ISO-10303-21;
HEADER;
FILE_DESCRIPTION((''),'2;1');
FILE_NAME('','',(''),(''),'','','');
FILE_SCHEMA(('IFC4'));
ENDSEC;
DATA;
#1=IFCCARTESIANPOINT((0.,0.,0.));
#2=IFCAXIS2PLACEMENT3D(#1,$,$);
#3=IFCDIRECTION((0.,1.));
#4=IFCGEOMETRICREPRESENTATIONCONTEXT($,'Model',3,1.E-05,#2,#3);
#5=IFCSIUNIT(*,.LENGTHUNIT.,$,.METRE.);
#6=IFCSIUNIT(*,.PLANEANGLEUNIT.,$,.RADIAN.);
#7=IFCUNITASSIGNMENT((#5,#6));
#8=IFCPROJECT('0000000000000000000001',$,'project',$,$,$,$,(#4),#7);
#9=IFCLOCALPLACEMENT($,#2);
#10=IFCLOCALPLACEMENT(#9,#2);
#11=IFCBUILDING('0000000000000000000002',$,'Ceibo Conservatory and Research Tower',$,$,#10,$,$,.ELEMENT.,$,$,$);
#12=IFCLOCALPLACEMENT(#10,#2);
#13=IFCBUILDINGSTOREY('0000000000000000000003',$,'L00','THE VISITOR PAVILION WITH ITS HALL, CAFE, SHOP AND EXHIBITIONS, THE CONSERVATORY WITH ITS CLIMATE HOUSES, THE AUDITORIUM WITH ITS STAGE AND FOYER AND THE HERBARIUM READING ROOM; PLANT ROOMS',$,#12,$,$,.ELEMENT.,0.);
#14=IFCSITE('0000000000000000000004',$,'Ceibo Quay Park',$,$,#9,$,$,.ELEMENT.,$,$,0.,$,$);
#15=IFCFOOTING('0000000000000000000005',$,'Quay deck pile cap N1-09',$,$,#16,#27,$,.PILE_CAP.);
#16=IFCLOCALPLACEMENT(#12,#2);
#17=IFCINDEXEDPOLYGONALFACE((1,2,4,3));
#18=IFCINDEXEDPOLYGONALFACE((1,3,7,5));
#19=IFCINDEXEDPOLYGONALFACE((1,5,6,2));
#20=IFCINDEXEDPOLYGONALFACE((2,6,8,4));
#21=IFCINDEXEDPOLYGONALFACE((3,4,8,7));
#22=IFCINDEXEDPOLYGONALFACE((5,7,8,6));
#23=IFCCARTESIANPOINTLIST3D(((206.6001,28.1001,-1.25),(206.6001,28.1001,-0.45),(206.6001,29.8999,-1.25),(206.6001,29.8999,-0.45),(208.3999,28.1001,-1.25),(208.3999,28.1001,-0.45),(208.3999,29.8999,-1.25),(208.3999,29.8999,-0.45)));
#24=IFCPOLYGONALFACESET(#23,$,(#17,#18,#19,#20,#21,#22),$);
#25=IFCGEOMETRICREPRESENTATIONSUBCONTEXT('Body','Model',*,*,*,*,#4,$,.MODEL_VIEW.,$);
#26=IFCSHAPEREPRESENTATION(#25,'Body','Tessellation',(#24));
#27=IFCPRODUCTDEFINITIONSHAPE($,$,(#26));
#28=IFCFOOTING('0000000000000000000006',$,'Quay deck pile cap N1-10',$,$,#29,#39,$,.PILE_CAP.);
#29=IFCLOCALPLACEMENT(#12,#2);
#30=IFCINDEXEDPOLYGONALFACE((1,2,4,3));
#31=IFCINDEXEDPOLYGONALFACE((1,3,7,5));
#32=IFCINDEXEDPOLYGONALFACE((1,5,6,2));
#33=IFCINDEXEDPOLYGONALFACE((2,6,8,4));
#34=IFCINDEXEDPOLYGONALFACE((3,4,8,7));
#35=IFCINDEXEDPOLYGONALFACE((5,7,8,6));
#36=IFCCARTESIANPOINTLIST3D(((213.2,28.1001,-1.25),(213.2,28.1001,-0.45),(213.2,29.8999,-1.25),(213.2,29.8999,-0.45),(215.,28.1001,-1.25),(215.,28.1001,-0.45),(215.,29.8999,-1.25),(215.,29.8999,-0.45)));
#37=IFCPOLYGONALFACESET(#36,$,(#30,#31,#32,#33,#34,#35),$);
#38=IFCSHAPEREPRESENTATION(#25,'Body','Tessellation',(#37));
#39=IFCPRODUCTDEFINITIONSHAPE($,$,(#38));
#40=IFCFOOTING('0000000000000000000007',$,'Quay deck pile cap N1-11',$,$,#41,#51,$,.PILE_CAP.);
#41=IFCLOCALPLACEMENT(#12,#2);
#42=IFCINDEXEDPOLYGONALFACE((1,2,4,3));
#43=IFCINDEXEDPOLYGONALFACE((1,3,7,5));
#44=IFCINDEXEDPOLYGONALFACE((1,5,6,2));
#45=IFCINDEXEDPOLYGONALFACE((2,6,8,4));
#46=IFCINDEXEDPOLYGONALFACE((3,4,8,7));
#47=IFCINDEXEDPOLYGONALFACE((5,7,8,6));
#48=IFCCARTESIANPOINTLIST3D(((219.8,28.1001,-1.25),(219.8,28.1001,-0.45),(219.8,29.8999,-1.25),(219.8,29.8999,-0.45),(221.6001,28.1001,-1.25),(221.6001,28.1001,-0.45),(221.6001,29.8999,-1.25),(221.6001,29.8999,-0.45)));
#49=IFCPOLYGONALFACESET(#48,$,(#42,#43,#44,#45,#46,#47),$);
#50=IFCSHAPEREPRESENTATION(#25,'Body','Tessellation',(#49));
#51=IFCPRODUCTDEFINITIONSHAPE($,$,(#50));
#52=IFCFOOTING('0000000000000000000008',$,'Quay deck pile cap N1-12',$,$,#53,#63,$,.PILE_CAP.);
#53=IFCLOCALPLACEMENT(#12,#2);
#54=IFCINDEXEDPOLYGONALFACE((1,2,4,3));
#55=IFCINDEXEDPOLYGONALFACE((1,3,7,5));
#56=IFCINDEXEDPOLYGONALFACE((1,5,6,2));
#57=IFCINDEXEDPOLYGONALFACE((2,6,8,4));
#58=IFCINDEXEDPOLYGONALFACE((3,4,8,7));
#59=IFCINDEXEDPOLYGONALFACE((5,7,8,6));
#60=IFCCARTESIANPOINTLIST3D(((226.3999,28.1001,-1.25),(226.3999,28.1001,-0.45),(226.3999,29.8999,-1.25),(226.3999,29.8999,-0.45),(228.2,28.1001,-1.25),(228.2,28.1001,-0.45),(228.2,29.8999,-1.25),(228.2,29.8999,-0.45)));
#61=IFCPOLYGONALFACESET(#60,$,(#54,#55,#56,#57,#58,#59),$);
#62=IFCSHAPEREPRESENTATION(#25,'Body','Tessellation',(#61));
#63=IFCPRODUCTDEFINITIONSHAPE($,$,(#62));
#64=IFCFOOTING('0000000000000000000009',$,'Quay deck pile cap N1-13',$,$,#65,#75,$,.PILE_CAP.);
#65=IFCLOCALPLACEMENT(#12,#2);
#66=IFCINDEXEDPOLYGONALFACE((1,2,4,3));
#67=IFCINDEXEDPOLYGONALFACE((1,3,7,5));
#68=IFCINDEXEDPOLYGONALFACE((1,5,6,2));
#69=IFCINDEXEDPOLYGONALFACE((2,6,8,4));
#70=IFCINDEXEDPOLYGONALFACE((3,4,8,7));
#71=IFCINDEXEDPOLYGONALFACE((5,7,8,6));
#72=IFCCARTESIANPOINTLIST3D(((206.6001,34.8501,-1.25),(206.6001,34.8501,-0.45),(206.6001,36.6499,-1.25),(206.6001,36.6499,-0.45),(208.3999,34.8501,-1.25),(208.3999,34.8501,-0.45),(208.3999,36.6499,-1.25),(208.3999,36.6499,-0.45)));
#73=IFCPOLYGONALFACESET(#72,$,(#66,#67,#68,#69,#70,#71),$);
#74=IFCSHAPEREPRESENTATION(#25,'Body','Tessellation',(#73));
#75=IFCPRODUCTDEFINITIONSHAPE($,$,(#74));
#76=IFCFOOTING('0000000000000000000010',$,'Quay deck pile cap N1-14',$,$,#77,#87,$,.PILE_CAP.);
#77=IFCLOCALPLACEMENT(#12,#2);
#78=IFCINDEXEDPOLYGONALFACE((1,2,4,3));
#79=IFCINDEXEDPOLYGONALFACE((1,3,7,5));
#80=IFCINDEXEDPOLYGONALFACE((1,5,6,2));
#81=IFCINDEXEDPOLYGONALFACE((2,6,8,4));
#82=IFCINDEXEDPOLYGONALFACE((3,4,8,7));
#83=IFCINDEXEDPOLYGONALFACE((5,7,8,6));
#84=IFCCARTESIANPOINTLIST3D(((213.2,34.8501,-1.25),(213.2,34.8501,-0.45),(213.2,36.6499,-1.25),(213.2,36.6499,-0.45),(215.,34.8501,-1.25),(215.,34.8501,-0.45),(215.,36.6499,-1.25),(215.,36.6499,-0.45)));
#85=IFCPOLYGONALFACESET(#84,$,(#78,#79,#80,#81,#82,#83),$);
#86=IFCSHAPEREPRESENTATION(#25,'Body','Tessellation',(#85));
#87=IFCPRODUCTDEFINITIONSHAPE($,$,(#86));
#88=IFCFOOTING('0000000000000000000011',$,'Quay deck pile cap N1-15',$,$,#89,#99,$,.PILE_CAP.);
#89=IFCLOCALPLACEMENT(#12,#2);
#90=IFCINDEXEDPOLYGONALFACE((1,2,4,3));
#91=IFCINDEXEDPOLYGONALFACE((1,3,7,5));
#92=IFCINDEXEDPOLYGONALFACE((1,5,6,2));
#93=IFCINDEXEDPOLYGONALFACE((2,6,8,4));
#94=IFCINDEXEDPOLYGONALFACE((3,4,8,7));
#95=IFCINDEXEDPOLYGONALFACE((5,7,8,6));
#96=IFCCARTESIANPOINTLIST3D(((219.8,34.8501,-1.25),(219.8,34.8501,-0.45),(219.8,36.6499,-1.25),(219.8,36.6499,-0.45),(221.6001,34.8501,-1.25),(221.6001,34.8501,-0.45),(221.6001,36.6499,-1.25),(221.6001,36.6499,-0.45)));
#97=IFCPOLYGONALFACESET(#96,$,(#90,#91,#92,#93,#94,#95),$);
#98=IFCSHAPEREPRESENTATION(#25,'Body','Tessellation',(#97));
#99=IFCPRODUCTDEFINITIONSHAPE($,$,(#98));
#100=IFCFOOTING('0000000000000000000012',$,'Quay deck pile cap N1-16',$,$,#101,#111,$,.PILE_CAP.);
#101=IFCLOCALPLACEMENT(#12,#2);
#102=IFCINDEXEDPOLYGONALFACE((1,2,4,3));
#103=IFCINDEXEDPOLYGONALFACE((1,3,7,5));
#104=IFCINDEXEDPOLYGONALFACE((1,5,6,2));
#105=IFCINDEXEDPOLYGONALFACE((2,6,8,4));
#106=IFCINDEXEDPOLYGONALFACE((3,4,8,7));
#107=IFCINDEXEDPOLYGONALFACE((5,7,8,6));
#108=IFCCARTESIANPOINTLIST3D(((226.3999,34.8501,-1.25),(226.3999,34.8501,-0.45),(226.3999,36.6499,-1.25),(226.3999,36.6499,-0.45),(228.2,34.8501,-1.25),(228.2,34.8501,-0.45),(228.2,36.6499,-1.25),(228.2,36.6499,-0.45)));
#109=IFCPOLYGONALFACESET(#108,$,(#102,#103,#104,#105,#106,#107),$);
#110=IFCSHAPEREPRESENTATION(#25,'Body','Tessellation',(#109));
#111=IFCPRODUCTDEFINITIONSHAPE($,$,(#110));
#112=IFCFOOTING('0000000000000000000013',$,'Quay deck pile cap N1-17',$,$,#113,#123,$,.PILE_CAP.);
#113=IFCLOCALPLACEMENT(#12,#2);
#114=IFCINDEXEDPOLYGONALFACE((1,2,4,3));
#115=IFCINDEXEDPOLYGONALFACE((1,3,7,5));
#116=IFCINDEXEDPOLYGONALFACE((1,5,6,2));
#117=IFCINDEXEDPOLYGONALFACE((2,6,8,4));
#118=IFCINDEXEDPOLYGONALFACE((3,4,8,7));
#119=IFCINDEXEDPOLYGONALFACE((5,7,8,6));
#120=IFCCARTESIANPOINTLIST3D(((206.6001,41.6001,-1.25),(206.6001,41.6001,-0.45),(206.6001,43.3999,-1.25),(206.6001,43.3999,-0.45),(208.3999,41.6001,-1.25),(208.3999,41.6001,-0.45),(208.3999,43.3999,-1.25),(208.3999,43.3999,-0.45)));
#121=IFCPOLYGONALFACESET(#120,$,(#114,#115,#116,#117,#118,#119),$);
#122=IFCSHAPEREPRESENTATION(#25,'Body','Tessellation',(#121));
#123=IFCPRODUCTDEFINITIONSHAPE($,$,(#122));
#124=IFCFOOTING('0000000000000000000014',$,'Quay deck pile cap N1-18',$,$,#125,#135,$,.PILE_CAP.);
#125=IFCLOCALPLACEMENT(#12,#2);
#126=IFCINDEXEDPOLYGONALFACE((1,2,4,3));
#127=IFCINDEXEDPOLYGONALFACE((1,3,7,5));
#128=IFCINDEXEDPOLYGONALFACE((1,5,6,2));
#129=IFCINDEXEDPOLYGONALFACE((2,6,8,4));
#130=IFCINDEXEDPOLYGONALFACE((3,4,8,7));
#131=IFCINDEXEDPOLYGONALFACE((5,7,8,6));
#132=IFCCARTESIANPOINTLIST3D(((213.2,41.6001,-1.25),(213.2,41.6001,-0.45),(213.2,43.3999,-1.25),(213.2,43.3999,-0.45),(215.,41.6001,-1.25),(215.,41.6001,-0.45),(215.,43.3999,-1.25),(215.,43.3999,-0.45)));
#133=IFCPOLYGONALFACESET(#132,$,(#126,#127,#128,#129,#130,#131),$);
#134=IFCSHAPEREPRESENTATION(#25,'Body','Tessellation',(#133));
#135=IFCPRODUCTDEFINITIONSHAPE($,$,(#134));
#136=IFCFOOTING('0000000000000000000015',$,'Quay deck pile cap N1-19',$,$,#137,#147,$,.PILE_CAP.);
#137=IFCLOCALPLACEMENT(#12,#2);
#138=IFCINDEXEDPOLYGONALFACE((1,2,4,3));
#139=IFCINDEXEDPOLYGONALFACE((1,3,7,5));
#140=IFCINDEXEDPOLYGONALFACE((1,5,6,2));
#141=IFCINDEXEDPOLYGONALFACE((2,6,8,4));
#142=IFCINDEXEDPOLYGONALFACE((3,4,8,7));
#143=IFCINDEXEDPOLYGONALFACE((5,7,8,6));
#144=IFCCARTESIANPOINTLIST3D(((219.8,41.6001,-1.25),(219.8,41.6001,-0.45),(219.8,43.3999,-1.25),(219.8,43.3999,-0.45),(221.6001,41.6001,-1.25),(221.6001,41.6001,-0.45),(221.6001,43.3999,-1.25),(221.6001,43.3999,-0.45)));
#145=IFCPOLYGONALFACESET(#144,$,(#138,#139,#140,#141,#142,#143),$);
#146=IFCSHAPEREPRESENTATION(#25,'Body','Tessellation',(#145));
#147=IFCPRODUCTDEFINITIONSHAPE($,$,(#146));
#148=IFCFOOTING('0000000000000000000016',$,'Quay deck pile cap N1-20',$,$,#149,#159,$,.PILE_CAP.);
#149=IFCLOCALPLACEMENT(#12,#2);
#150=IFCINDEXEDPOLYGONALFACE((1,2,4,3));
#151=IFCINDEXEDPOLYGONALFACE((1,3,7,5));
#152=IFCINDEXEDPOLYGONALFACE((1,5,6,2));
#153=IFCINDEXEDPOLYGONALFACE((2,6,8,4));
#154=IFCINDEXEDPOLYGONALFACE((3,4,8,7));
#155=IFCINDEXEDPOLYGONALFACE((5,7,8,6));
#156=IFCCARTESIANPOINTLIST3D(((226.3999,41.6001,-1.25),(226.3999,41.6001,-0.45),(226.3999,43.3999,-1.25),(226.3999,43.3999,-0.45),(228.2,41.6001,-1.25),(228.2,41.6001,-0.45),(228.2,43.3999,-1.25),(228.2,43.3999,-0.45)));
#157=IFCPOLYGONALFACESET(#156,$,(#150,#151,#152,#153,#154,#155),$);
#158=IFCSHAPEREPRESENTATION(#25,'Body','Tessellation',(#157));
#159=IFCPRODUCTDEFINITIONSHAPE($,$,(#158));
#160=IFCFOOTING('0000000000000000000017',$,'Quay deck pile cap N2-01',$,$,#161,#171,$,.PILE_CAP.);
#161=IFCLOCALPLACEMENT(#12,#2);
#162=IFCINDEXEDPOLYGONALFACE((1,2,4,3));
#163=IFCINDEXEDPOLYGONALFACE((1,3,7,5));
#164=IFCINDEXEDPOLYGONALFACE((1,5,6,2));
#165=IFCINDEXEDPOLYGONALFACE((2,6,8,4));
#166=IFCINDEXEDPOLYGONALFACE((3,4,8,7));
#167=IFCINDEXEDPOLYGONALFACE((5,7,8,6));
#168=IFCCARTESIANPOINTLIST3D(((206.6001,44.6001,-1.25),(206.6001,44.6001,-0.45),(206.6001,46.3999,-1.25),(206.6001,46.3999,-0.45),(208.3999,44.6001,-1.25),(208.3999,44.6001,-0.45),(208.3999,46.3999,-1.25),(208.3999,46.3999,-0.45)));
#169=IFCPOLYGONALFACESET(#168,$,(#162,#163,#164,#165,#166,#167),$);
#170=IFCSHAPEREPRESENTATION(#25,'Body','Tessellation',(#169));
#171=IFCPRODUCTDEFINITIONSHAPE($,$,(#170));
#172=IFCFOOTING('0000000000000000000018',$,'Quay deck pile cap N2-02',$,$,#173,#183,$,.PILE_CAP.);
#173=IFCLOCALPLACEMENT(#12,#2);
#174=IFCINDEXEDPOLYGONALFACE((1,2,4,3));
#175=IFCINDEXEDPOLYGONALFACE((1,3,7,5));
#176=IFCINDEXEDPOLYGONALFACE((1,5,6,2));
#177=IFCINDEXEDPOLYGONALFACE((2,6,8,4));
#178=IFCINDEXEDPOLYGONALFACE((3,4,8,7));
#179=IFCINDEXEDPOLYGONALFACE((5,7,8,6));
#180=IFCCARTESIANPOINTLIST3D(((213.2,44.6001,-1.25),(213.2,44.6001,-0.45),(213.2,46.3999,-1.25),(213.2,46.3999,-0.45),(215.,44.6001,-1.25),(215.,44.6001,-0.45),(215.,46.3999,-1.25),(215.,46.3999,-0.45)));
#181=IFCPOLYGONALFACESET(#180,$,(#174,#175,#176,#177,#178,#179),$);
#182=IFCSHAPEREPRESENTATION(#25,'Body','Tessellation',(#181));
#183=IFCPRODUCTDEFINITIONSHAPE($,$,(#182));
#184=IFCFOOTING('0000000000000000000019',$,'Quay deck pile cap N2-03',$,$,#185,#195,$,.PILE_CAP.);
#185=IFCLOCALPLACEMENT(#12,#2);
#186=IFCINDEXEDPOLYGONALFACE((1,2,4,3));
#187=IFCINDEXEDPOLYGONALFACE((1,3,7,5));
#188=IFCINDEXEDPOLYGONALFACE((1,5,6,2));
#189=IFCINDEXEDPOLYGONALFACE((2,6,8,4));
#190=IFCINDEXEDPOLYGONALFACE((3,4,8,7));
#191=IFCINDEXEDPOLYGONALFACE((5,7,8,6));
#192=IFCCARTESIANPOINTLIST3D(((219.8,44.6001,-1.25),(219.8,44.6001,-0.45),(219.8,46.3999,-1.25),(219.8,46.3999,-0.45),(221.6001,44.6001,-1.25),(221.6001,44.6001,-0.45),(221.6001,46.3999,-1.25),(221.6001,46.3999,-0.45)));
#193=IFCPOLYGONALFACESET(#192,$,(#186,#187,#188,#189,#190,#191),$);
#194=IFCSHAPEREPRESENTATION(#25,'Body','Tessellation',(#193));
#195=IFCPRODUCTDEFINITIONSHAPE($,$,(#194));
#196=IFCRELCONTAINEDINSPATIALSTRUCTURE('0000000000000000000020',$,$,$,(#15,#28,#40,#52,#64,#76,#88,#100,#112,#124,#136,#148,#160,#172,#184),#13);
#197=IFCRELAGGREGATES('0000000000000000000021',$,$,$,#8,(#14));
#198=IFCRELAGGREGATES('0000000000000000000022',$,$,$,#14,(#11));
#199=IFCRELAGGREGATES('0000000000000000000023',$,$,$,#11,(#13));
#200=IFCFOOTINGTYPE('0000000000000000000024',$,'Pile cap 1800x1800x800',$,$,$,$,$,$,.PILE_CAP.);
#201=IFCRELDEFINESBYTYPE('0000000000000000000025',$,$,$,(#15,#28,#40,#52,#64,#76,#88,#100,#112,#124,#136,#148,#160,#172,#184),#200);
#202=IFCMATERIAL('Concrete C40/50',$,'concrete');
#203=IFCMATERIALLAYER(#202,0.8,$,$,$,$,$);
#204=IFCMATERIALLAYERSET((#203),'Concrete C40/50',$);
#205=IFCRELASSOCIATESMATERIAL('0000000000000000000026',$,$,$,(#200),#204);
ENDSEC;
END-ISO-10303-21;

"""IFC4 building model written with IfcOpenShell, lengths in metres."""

from ifc_helpers import new_model, si_unit, direction, frame, origin, place, context, subcontext, project, spatial, polyline, outline, extrude, material, layer, layer_set, type_object, element, save


model = new_model("IFC4")

# Units and contexts
model_context = context("Model", 3, precision=1e-05, world=origin(), true_north=direction((0.0, 1.0)))
body_context = subcontext(model_context, "Body", "Model", "MODEL_VIEW")
ifc_project = project(units=[si_unit("LENGTHUNIT", "METRE"), si_unit("PLANEANGLEUNIT", "RADIAN")], contexts=[model_context])

# Site, building, storey
site_placement = place(None, origin())
site = spatial("IfcSite", under=ifc_project, at=site_placement, Name="Ceibo Quay Park", CompositionType="ELEMENT", RefElevation=0.0)
building_placement = place(site_placement, origin())
building = spatial("IfcBuilding", under=site, at=building_placement, Name="Ceibo Conservatory and Research Tower", CompositionType="ELEMENT")
storey_placement = place(building_placement, origin())
storey = spatial("IfcBuildingStorey", under=building, at=storey_placement, Name="L00", Description="THE VISITOR PAVILION WITH ITS HALL, CAFE, SHOP AND EXHIBITIONS, THE CONSERVATORY WITH ITS CLIMATE HOUSES, THE AUDITORIUM WITH ITS STAGE AND FOYER AND THE HERBARIUM READING ROOM; PLANT ROOMS", CompositionType="ELEMENT", Elevation=0.0)

# Footings
ifc_material = material(Name="Concrete C40/50", Category="concrete")
ifc_layer_1 = layer(ifc_material, 0.8)
ifc_layer_set_1 = layer_set([ifc_layer_1], Name="Concrete C40/50")
footing_type_1 = type_object("IfcFootingType", Name="Pile cap 1800x1800x800", PredefinedType="PILE_CAP", material=ifc_layer_set_1)
footing_1_placement = place(storey_placement, frame((0.0, 0.0, -1.25)))
element("IfcFooting", 1, at=footing_1_placement, inside=storey, type_object=footing_type_1, Name="Quay deck pile cap N1-09", PredefinedType="PILE_CAP", context=body_context, shape_type="SweptSolid", body=[
    extrude(outline(polyline([(206.6001, 28.1001), (208.3999, 28.1001), (208.3999, 29.8999), (206.6001, 29.8999), (206.6001, 28.1001)])), origin(), (0.0, 0.0, 1.0), 0.8),
])
footing_2_placement = place(storey_placement, frame((0.0, 0.0, -1.25)))
element("IfcFooting", 2, at=footing_2_placement, inside=storey, type_object=footing_type_1, Name="Quay deck pile cap N1-10", PredefinedType="PILE_CAP", context=body_context, shape_type="SweptSolid", body=[
    extrude(outline(polyline([(213.2, 28.1001), (215.0, 28.1001), (215.0, 29.8999), (213.2, 29.8999), (213.2, 28.1001)])), origin(), (0.0, 0.0, 1.0), 0.8),
])
footing_3_placement = place(storey_placement, frame((0.0, 0.0, -1.25)))
element("IfcFooting", 3, at=footing_3_placement, inside=storey, type_object=footing_type_1, Name="Quay deck pile cap N1-11", PredefinedType="PILE_CAP", context=body_context, shape_type="SweptSolid", body=[
    extrude(outline(polyline([(219.8, 28.1001), (221.6001, 28.1001), (221.6001, 29.8999), (219.8, 29.8999), (219.8, 28.1001)])), origin(), (0.0, 0.0, 1.0), 0.8),
])
footing_4_placement = place(storey_placement, frame((0.0, 0.0, -1.25)))
element("IfcFooting", 4, at=footing_4_placement, inside=storey, type_object=footing_type_1, Name="Quay deck pile cap N1-12", PredefinedType="PILE_CAP", context=body_context, shape_type="SweptSolid", body=[
    extrude(outline(polyline([(226.3999, 28.1001), (228.2, 28.1001), (228.2, 29.8999), (226.3999, 29.8999), (226.3999, 28.1001)])), origin(), (0.0, 0.0, 1.0), 0.8),
])
footing_5_placement = place(storey_placement, frame((0.0, 0.0, -1.25)))
element("IfcFooting", 5, at=footing_5_placement, inside=storey, type_object=footing_type_1, Name="Quay deck pile cap N1-13", PredefinedType="PILE_CAP", context=body_context, shape_type="SweptSolid", body=[
    extrude(outline(polyline([(206.6001, 34.8501), (208.3999, 34.8501), (208.3999, 36.6499), (206.6001, 36.6499), (206.6001, 34.8501)])), origin(), (0.0, 0.0, 1.0), 0.8),
])
footing_6_placement = place(storey_placement, frame((0.0, 0.0, -1.25)))
element("IfcFooting", 6, at=footing_6_placement, inside=storey, type_object=footing_type_1, Name="Quay deck pile cap N1-14", PredefinedType="PILE_CAP", context=body_context, shape_type="SweptSolid", body=[
    extrude(outline(polyline([(213.2, 34.8501), (215.0, 34.8501), (215.0, 36.6499), (213.2, 36.6499), (213.2, 34.8501)])), origin(), (0.0, 0.0, 1.0), 0.8),
])
footing_7_placement = place(storey_placement, frame((0.0, 0.0, -1.25)))
element("IfcFooting", 7, at=footing_7_placement, inside=storey, type_object=footing_type_1, Name="Quay deck pile cap N1-15", PredefinedType="PILE_CAP", context=body_context, shape_type="SweptSolid", body=[
    extrude(outline(polyline([(219.8, 34.8501), (221.6001, 34.8501), (221.6001, 36.6499), (219.8, 36.6499), (219.8, 34.8501)])), origin(), (0.0, 0.0, 1.0), 0.8),
])
footing_8_placement = place(storey_placement, frame((0.0, 0.0, -1.25)))
element("IfcFooting", 8, at=footing_8_placement, inside=storey, type_object=footing_type_1, Name="Quay deck pile cap N1-16", PredefinedType="PILE_CAP", context=body_context, shape_type="SweptSolid", body=[
    extrude(outline(polyline([(226.3999, 34.8501), (228.2, 34.8501), (228.2, 36.6499), (226.3999, 36.6499), (226.3999, 34.8501)])), origin(), (0.0, 0.0, 1.0), 0.8),
])
footing_9_placement = place(storey_placement, frame((0.0, 0.0, -1.25)))
element("IfcFooting", 9, at=footing_9_placement, inside=storey, type_object=footing_type_1, Name="Quay deck pile cap N1-17", PredefinedType="PILE_CAP", context=body_context, shape_type="SweptSolid", body=[
    extrude(outline(polyline([(206.6001, 41.6001), (208.3999, 41.6001), (208.3999, 43.3999), (206.6001, 43.3999), (206.6001, 41.6001)])), origin(), (0.0, 0.0, 1.0), 0.8),
])
footing_10_placement = place(storey_placement, frame((0.0, 0.0, -1.25)))
element("IfcFooting", 10, at=footing_10_placement, inside=storey, type_object=footing_type_1, Name="Quay deck pile cap N1-18", PredefinedType="PILE_CAP", context=body_context, shape_type="SweptSolid", body=[
    extrude(outline(polyline([(213.2, 41.6001), (215.0, 41.6001), (215.0, 43.3999), (213.2, 43.3999), (213.2, 41.6001)])), origin(), (0.0, 0.0, 1.0), 0.8),
])
footing_11_placement = place(storey_placement, frame((0.0, 0.0, -1.25)))
element("IfcFooting", 11, at=footing_11_placement, inside=storey, type_object=footing_type_1, Name="Quay deck pile cap N1-19", PredefinedType="PILE_CAP", context=body_context, shape_type="SweptSolid", body=[
    extrude(outline(polyline([(219.8, 41.6001), (221.6001, 41.6001), (221.6001, 43.3999), (219.8, 43.3999), (219.8, 41.6001)])), origin(), (0.0, 0.0, 1.0), 0.8),
])
footing_12_placement = place(storey_placement, frame((0.0, 0.0, -1.25)))
element("IfcFooting", 12, at=footing_12_placement, inside=storey, type_object=footing_type_1, Name="Quay deck pile cap N1-20", PredefinedType="PILE_CAP", context=body_context, shape_type="SweptSolid", body=[
    extrude(outline(polyline([(226.3999, 41.6001), (228.2, 41.6001), (228.2, 43.3999), (226.3999, 43.3999), (226.3999, 41.6001)])), origin(), (0.0, 0.0, 1.0), 0.8),
])
footing_13_placement = place(storey_placement, frame((0.0, 0.0, -1.25)))
element("IfcFooting", 13, at=footing_13_placement, inside=storey, type_object=footing_type_1, Name="Quay deck pile cap N2-01", PredefinedType="PILE_CAP", context=body_context, shape_type="SweptSolid", body=[
    extrude(outline(polyline([(206.6001, 44.6001), (208.3999, 44.6001), (208.3999, 46.3999), (206.6001, 46.3999), (206.6001, 44.6001)])), origin(), (0.0, 0.0, 1.0), 0.8),
])
footing_14_placement = place(storey_placement, frame((0.0, 0.0, -1.25)))
element("IfcFooting", 14, at=footing_14_placement, inside=storey, type_object=footing_type_1, Name="Quay deck pile cap N2-02", PredefinedType="PILE_CAP", context=body_context, shape_type="SweptSolid", body=[
    extrude(outline(polyline([(213.2, 44.6001), (215.0, 44.6001), (215.0, 46.3999), (213.2, 46.3999), (213.2, 44.6001)])), origin(), (0.0, 0.0, 1.0), 0.8),
])
footing_15_placement = place(storey_placement, frame((0.0, 0.0, -1.25)))
element("IfcFooting", 15, at=footing_15_placement, inside=storey, type_object=footing_type_1, Name="Quay deck pile cap N2-03", PredefinedType="PILE_CAP", context=body_context, shape_type="SweptSolid", body=[
    extrude(outline(polyline([(219.8, 44.6001), (221.6001, 44.6001), (221.6001, 46.3999), (219.8, 46.3999), (219.8, 44.6001)])), origin(), (0.0, 0.0, 1.0), 0.8),
])

save(model, "model.ifc")
